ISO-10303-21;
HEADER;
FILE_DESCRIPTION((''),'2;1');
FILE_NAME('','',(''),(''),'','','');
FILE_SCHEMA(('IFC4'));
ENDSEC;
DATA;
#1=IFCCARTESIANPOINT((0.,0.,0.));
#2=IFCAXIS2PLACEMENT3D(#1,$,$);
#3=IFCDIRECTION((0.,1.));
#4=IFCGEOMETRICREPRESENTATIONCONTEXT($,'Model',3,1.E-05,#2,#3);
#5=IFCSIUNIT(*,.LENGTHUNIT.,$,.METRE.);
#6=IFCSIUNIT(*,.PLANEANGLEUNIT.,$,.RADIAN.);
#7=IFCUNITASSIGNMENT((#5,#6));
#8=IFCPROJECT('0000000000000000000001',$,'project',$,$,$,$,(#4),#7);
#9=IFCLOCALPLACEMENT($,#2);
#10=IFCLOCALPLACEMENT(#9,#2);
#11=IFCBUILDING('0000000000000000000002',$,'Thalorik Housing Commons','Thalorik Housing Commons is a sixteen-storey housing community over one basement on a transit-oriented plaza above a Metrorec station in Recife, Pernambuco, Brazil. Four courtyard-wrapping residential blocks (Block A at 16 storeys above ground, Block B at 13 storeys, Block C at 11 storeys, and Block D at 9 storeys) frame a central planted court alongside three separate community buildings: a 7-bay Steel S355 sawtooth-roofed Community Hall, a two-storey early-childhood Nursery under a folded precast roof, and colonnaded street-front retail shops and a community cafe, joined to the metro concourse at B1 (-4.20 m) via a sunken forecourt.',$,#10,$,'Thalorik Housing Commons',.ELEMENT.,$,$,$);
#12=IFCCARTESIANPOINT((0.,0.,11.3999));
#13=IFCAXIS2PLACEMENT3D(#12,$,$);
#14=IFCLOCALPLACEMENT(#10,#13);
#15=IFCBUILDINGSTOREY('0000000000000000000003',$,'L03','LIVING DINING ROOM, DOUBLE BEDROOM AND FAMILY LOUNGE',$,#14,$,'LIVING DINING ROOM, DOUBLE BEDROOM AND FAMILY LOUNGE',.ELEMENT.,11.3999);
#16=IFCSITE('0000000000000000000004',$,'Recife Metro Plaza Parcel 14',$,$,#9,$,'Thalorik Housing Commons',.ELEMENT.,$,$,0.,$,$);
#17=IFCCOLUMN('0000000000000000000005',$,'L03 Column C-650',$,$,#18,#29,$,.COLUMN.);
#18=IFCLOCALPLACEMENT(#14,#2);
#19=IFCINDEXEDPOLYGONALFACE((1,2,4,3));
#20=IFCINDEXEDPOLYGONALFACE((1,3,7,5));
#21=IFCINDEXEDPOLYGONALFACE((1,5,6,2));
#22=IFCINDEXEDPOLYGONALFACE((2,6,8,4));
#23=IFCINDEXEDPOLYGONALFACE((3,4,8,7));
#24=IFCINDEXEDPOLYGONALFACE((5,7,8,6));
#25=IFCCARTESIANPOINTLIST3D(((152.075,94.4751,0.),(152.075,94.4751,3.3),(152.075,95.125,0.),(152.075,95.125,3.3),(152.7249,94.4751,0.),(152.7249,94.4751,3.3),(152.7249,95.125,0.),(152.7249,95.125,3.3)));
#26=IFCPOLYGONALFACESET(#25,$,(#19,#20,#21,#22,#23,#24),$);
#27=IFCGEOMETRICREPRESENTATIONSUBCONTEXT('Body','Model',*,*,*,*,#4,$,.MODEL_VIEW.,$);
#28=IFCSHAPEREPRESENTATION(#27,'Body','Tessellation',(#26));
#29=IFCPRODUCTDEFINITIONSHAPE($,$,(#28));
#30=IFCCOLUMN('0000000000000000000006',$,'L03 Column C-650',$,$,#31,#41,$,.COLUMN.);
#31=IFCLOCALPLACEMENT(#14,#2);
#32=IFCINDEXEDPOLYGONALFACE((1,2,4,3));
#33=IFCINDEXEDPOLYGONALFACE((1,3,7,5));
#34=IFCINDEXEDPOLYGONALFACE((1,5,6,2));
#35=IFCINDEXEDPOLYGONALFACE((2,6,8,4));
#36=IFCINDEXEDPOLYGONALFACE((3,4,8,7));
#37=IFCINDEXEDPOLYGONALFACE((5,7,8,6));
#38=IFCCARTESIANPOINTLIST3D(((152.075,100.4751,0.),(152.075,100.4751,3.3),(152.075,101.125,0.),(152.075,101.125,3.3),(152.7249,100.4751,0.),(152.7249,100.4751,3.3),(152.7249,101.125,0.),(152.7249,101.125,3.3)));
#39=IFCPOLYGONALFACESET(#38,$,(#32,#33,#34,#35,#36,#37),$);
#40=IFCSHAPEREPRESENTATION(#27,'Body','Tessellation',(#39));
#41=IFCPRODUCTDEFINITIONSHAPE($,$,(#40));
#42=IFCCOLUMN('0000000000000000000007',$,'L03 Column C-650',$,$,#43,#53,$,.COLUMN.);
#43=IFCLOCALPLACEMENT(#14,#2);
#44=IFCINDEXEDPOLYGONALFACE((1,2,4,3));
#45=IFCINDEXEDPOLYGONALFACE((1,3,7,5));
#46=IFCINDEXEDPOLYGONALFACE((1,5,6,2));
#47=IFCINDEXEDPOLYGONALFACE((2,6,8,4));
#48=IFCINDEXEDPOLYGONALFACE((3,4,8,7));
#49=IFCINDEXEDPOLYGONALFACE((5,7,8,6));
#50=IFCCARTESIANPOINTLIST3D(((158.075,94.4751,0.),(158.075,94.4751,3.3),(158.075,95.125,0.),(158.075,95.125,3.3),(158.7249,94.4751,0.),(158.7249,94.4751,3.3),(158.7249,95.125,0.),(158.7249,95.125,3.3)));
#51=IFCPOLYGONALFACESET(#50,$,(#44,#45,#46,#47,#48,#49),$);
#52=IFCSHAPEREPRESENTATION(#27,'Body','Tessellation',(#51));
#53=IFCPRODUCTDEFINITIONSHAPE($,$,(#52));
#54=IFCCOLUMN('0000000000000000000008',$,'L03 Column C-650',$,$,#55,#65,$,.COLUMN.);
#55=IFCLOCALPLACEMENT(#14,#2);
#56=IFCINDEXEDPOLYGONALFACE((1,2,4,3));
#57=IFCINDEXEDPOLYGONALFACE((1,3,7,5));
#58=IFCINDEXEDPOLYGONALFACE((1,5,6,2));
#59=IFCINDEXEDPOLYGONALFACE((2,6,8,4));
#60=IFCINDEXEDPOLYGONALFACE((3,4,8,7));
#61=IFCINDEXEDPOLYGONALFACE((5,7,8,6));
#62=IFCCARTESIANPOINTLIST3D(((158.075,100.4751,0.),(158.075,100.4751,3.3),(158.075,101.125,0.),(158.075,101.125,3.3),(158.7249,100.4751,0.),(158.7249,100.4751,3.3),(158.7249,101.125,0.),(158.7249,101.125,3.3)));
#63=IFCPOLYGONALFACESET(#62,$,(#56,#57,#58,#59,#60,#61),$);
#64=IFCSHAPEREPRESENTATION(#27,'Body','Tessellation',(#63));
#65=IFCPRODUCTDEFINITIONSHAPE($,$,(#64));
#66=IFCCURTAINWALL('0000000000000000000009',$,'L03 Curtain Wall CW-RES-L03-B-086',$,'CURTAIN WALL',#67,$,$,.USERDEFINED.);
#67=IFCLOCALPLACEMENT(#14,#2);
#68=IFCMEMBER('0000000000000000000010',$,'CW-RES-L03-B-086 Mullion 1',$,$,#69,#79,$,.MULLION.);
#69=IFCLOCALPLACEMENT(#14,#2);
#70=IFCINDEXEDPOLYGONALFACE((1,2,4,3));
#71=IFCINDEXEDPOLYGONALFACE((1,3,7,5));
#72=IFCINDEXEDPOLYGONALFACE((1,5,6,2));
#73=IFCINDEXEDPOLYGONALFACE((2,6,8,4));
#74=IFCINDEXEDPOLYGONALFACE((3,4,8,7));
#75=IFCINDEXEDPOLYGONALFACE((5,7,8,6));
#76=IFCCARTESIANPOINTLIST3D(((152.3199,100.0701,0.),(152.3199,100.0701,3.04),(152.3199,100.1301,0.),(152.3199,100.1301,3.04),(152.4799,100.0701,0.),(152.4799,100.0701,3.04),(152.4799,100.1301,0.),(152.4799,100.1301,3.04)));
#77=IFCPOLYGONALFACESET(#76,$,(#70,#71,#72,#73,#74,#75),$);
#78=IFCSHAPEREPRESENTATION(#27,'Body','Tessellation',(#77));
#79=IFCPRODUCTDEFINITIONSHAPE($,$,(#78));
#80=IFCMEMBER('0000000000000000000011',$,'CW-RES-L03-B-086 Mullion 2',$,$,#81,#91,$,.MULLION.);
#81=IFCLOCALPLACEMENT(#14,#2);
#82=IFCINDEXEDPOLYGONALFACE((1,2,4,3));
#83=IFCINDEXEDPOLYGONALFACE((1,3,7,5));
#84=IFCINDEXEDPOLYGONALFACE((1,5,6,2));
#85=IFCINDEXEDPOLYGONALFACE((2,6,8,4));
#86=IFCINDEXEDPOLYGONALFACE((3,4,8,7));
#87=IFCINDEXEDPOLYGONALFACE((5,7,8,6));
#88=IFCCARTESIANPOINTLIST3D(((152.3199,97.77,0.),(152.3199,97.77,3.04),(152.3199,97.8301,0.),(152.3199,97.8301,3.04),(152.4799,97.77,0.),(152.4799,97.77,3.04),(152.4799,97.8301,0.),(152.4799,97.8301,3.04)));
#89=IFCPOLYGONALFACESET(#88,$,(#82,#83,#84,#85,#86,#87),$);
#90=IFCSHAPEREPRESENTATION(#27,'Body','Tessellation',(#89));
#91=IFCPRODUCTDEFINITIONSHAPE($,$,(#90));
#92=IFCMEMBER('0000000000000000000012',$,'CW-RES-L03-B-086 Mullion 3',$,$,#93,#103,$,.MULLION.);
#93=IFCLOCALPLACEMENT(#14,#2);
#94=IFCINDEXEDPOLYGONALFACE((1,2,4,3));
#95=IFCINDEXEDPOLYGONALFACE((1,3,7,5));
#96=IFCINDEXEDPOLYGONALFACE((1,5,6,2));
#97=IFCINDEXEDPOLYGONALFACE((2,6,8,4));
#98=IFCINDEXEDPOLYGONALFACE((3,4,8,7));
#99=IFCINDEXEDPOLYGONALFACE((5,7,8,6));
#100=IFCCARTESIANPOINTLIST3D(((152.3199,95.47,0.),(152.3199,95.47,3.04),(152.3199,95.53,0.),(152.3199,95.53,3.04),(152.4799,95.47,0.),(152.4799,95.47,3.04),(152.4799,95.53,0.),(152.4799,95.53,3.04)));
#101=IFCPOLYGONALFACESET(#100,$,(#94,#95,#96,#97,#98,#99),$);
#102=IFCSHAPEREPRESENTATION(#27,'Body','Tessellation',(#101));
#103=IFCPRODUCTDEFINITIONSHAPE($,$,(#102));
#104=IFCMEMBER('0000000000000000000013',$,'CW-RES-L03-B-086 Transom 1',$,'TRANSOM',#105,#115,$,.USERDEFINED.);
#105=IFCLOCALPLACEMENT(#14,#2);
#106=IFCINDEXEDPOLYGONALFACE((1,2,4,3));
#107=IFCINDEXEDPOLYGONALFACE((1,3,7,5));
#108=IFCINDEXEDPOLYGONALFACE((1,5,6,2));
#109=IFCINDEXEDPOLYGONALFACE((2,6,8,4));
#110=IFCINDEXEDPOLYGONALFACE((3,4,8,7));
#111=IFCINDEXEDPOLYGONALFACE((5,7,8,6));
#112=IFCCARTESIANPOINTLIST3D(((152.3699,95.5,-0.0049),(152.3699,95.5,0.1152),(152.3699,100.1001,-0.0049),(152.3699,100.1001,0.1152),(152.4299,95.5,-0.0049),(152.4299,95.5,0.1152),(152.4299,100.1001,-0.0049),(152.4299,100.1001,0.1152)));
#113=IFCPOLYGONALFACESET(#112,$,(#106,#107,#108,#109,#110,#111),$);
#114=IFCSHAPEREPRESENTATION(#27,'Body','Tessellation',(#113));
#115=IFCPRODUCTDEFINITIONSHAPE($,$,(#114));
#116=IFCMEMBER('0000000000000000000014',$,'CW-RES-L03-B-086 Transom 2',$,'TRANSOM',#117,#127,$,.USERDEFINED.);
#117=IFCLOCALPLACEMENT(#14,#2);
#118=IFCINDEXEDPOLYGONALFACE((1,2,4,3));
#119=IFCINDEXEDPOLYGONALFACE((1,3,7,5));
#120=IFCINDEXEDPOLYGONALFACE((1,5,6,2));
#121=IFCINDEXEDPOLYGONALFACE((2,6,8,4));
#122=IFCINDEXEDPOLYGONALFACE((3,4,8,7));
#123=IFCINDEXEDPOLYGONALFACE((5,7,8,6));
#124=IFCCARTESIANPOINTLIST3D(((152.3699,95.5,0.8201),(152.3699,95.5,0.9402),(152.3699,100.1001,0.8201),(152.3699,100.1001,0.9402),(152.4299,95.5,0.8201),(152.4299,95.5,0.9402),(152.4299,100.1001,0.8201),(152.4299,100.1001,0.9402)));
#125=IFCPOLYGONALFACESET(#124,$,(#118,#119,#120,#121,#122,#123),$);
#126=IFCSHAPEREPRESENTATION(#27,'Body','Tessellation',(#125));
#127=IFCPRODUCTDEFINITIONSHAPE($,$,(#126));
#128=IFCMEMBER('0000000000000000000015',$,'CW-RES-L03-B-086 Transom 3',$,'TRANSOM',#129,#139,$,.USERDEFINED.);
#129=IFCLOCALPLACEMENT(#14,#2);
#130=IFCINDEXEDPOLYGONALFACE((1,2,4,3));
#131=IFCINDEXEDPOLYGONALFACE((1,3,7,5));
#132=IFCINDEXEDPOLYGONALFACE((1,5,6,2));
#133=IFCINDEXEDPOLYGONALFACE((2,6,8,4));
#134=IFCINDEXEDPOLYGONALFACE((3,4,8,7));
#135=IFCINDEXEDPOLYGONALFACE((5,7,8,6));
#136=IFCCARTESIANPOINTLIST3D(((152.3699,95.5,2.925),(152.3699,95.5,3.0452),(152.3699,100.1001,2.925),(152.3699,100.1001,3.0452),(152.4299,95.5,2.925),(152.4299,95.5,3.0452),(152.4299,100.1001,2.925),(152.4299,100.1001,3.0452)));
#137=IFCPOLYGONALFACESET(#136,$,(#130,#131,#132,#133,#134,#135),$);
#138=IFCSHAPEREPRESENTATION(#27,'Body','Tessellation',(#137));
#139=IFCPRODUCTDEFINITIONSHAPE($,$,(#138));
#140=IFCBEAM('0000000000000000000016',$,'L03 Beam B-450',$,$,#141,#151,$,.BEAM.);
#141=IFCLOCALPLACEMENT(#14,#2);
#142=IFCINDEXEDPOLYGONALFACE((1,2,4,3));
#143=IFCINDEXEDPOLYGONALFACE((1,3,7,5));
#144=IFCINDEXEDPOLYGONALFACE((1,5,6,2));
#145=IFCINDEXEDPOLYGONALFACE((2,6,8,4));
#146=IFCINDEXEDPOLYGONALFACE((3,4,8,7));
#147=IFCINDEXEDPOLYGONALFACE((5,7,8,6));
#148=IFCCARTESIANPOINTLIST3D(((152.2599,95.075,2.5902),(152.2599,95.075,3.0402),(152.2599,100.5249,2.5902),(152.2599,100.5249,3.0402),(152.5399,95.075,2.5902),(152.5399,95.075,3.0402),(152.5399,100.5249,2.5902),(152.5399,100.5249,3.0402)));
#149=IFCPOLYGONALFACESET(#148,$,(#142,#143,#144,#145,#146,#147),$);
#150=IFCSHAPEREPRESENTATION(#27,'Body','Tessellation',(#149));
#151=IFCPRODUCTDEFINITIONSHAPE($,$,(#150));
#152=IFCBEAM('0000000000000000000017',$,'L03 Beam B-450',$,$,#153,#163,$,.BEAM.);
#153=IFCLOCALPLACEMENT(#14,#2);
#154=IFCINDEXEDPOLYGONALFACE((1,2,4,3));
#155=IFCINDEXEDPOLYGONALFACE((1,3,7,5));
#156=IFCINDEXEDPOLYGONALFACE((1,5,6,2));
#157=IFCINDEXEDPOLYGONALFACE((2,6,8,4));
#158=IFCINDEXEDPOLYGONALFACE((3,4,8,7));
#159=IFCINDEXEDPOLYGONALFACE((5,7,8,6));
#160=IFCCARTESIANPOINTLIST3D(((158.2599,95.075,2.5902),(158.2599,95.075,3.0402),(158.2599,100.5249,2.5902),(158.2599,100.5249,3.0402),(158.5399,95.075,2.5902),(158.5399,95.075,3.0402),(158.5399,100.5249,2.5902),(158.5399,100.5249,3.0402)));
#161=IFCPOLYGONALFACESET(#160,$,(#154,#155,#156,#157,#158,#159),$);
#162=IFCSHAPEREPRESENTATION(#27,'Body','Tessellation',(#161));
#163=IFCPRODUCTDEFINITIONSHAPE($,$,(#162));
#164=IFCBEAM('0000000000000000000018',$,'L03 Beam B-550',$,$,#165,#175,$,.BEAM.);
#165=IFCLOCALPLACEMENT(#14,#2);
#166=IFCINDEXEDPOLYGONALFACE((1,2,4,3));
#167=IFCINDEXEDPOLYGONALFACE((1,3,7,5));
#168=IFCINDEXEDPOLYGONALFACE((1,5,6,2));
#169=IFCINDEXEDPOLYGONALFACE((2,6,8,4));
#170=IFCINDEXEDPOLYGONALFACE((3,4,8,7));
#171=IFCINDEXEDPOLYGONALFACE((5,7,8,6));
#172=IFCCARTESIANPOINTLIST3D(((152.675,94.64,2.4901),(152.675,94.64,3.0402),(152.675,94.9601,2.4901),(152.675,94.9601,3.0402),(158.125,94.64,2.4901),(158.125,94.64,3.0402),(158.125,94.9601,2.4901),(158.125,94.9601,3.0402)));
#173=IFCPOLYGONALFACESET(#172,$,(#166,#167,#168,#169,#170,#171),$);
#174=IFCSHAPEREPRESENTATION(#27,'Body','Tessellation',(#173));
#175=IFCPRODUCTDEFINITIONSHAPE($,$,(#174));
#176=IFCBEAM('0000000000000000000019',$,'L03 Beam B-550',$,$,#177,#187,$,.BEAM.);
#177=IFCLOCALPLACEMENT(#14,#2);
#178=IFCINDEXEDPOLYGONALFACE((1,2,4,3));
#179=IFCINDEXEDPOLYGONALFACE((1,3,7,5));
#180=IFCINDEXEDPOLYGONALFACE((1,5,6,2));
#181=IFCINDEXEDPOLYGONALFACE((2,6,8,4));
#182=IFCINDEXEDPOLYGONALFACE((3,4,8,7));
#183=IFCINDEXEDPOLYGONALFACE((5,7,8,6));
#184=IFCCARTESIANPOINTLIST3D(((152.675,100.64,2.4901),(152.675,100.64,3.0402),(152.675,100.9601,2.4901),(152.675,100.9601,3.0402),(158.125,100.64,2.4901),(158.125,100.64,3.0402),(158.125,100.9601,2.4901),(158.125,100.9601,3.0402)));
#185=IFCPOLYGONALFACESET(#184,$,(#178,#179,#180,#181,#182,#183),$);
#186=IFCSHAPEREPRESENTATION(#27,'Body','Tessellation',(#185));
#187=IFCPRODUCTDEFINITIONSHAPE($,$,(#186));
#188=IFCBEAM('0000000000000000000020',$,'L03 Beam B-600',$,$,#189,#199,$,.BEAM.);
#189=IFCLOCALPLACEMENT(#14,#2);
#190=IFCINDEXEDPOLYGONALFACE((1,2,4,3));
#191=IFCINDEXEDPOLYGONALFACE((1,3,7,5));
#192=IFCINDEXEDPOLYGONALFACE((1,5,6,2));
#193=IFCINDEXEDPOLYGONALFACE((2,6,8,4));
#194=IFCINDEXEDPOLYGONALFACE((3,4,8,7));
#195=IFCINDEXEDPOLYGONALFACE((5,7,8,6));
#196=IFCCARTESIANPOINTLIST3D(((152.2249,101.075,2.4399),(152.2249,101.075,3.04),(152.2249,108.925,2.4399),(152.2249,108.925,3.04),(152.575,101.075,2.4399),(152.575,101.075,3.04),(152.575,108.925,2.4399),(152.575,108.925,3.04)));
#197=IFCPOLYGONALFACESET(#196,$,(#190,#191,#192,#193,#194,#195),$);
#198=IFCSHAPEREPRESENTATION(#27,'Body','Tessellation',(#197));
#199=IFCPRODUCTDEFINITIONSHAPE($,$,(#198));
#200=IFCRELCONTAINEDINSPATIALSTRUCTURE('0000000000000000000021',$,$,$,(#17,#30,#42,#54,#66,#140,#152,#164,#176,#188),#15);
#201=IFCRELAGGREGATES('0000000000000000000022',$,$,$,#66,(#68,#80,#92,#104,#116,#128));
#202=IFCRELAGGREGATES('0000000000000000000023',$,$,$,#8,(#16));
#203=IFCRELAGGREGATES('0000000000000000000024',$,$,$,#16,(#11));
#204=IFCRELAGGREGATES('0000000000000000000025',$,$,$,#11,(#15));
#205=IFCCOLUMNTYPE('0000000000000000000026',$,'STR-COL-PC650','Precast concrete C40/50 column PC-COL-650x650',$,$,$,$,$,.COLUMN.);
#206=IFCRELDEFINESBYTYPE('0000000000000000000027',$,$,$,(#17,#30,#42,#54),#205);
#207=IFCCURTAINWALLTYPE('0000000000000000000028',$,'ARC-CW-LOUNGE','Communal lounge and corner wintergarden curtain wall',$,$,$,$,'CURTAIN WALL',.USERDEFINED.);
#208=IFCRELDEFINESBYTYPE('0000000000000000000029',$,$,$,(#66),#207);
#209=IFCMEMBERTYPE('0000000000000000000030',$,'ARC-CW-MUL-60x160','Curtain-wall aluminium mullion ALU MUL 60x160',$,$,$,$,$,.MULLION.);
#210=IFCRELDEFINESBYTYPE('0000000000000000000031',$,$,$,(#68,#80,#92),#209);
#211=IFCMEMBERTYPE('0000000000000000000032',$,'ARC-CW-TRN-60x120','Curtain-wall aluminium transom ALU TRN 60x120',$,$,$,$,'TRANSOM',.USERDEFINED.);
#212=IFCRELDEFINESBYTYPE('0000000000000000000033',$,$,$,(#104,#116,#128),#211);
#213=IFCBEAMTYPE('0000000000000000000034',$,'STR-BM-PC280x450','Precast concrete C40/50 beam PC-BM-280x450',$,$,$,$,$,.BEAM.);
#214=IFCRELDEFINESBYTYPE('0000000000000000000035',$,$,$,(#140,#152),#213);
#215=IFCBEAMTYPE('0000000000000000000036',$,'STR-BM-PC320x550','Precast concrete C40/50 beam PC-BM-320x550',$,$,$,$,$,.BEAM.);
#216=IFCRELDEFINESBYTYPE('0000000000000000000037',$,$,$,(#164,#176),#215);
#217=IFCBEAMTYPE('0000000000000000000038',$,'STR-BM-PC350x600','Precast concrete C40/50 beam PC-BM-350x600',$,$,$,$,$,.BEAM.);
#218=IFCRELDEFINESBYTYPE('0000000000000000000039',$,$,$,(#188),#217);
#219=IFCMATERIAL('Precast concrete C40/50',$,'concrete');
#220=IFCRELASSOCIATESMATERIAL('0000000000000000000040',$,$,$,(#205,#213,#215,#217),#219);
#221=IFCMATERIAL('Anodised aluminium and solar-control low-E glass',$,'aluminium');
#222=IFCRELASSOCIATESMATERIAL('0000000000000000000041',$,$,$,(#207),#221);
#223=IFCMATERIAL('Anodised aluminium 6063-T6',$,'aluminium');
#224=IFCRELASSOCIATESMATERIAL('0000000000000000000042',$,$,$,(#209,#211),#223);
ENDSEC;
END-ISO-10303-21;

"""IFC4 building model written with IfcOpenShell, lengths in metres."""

from ifc_helpers import new_model, si_unit, direction, frame, origin, origin_2d, place, context, subcontext, project, spatial, rectangle, extrude, material, material_profile, profile_set, type_object, element, aggregate, save


model = new_model("IFC4")

# Units and contexts
model_context = context("Model", 3, precision=1e-05, world=origin(), true_north=direction((0.0, 1.0)))
body_context = subcontext(model_context, "Body", "Model", "MODEL_VIEW")
ifc_project = project(units=[si_unit("LENGTHUNIT", "METRE"), si_unit("PLANEANGLEUNIT", "RADIAN")], contexts=[model_context])

# Site, building, storey
site_placement = place(None, origin())
site = spatial("IfcSite", under=ifc_project, at=site_placement, Name="Recife Metro Plaza Parcel 14", LongName="Thalorik Housing Commons", CompositionType="ELEMENT", RefElevation=0.0)
building_placement = place(site_placement, origin())
building = spatial("IfcBuilding", under=site, at=building_placement, Name="Thalorik Housing Commons", Description="Thalorik Housing Commons is a sixteen-storey housing community over one basement on a transit-oriented plaza above a Metrorec station in Recife, Pernambuco, Brazil. Four courtyard-wrapping residential blocks (Block A at 16 storeys above ground, Block B at 13 storeys, Block C at 11 storeys, and Block D at 9 storeys) frame a central planted court alongside three separate community buildings: a 7-bay Steel S355 sawtooth-roofed Community Hall, a two-storey early-childhood Nursery under a folded precast roof, and colonnaded street-front retail shops and a community cafe, joined to the metro concourse at B1 (-4.20 m) via a sunken forecourt.", LongName="Thalorik Housing Commons", CompositionType="ELEMENT")
storey_placement = place(building_placement, frame((0.0, 0.0, 11.3999)))
storey = spatial("IfcBuildingStorey", under=building, at=storey_placement, Name="L03", Description="LIVING DINING ROOM, DOUBLE BEDROOM AND FAMILY LOUNGE", LongName="LIVING DINING ROOM, DOUBLE BEDROOM AND FAMILY LOUNGE", CompositionType="ELEMENT", Elevation=11.3999)

# Columns
ifc_material_1 = material(Name="Precast concrete C40/50", Category="concrete")
ifc_material_profile_1 = material_profile(ifc_material_1, rectangle(XDim=0.6499, YDim=0.6499, at=origin_2d()), Name="PC 650x650", Category="concrete")
ifc_profile_set_1 = profile_set([ifc_material_profile_1], Name="Precast concrete C40/50")
column_type = type_object("IfcColumnType", Name="STR-COL-PC650", Description="Precast concrete C40/50 column PC-COL-650x650", PredefinedType="COLUMN", material=ifc_profile_set_1)
for number, where, z_axis, x_axis, name in (
    (1, (152.3999, 94.8, 0.0), (0.0, 0.0, 1.0), (1.0, 0.0, 0.0), "L03 Column C-650"),
    (2, (152.3999, 100.8, 0.0), (0.0, 0.0, 1.0), (1.0, 0.0, 0.0), "L03 Column C-650"),
    (3, (158.3999, 94.8, 0.0), (0.0, 0.0, 1.0), (1.0, 0.0, 0.0), "L03 Column C-650"),
    (4, (158.3999, 100.8, 0.0), (0.0, 0.0, 1.0), (1.0, 0.0, 0.0), "L03 Column C-650"),
):
    element("IfcColumn", number, at=place(storey_placement, frame(where, z_axis=z_axis, x_axis=x_axis)), inside=storey, type_object=column_type, Name=name, PredefinedType="COLUMN", context=body_context, shape_type="SweptSolid", body=[
        extrude(rectangle(XDim=0.6499, YDim=0.6499, at=origin_2d()), origin(), (0.0, 0.0, 1.0), 3.3),
    ])

# Curtain wall, members
ifc_material_2 = material(Name="Anodised aluminium and solar-control low-E glass", Category="aluminium")
curtain_wall_type = type_object("IfcCurtainWallType", Name="ARC-CW-LOUNGE", Description="Communal lounge and corner wintergarden curtain wall", ElementType="CURTAIN WALL", PredefinedType="USERDEFINED", material=ifc_material_2)
curtain_wall_placement = place(storey_placement, origin())
curtain_wall = element("IfcCurtainWall", 5, at=curtain_wall_placement, inside=storey, type_object=curtain_wall_type, Name="L03 Curtain Wall CW-RES-L03-B-086", ObjectType="CURTAIN WALL", PredefinedType="USERDEFINED")
ifc_material_3 = material(Name="Anodised aluminium 6063-T6", Category="aluminium")
ifc_material_profile_2 = material_profile(ifc_material_3, rectangle(XDim=0.0601, YDim=0.1599, at=origin_2d()), Name="ALU MUL 60x160", Category="aluminium")
ifc_profile_set_2 = profile_set([ifc_material_profile_2], Name="Anodised aluminium 6063-T6")
member_type_1 = type_object("IfcMemberType", Name="ARC-CW-MUL-60x160", Description="Curtain-wall aluminium mullion ALU MUL 60x160", PredefinedType="MULLION", material=ifc_profile_set_2)
member_1_placement = place(storey_placement, frame((152.3999, 100.1001, 0.0), z_axis=(0.0, 0.0, 1.0), x_axis=(0.0, -1.0, 0.0)))
member_1 = element("IfcMember", 6, at=member_1_placement, type_object=member_type_1, Name="CW-RES-L03-B-086 Mullion 1", PredefinedType="MULLION", context=body_context, shape_type="SweptSolid", body=[
    extrude(rectangle(XDim=0.0601, YDim=0.1599, at=origin_2d()), origin(), (0.0, 0.0, 1.0), 3.04),
])
member_2_placement = place(storey_placement, frame((152.3999, 97.8, 0.0), z_axis=(0.0, 0.0, 1.0), x_axis=(0.0, -1.0, 0.0)))
member_2 = element("IfcMember", 7, at=member_2_placement, type_object=member_type_1, Name="CW-RES-L03-B-086 Mullion 2", PredefinedType="MULLION", context=body_context, shape_type="SweptSolid", body=[
    extrude(rectangle(XDim=0.0601, YDim=0.1599, at=origin_2d()), origin(), (0.0, 0.0, 1.0), 3.04),
])
member_3_placement = place(storey_placement, frame((152.3999, 95.5, 0.0), z_axis=(0.0, 0.0, 1.0), x_axis=(0.0, -1.0, 0.0)))
member_3 = element("IfcMember", 8, at=member_3_placement, type_object=member_type_1, Name="CW-RES-L03-B-086 Mullion 3", PredefinedType="MULLION", context=body_context, shape_type="SweptSolid", body=[
    extrude(rectangle(XDim=0.0601, YDim=0.1599, at=origin_2d()), origin(), (0.0, 0.0, 1.0), 3.04),
])
ifc_material_profile_3 = material_profile(ifc_material_3, rectangle(XDim=0.0601, YDim=0.1201, at=origin_2d()), Name="ALU TRN 60x120", Category="aluminium")
ifc_profile_set_3 = profile_set([ifc_material_profile_3], Name="Anodised aluminium 6063-T6")
member_type_2 = type_object("IfcMemberType", Name="ARC-CW-TRN-60x120", Description="Curtain-wall aluminium transom ALU TRN 60x120", ElementType="TRANSOM", PredefinedType="USERDEFINED", material=ifc_profile_set_3)
member_4_placement = place(storey_placement, frame((152.3999, 100.1001, 0.0552), z_axis=(0.0, -1.0, 0.0), x_axis=(1.0, 0.0, 0.0)))
member_4 = element("IfcMember", 9, at=member_4_placement, type_object=member_type_2, Name="CW-RES-L03-B-086 Transom 1", ObjectType="TRANSOM", PredefinedType="USERDEFINED", context=body_context, shape_type="SweptSolid", body=[
    extrude(rectangle(XDim=0.0601, YDim=0.1201, at=origin_2d()), origin(), (0.0, 0.0, 1.0), 4.6001),
])
member_5_placement = place(storey_placement, frame((152.3999, 100.1001, 0.8801), z_axis=(0.0, -1.0, 0.0), x_axis=(1.0, 0.0, 0.0)))
member_5 = element("IfcMember", 10, at=member_5_placement, type_object=member_type_2, Name="CW-RES-L03-B-086 Transom 2", ObjectType="TRANSOM", PredefinedType="USERDEFINED", context=body_context, shape_type="SweptSolid", body=[
    extrude(rectangle(XDim=0.0601, YDim=0.1201, at=origin_2d()), origin(), (0.0, 0.0, 1.0), 4.6001),
])
member_6_placement = place(storey_placement, frame((152.3999, 100.1001, 2.9851), z_axis=(0.0, -1.0, 0.0), x_axis=(1.0, 0.0, 0.0)))
member_6 = element("IfcMember", 11, at=member_6_placement, type_object=member_type_2, Name="CW-RES-L03-B-086 Transom 3", ObjectType="TRANSOM", PredefinedType="USERDEFINED", context=body_context, shape_type="SweptSolid", body=[
    extrude(rectangle(XDim=0.0601, YDim=0.1201, at=origin_2d()), origin(), (0.0, 0.0, 1.0), 4.6001),
])

# Beams
ifc_material_profile_4 = material_profile(ifc_material_1, rectangle(XDim=0.28, YDim=0.45, at=origin_2d()), Name="PC 280x450", Category="concrete")
ifc_profile_set_4 = profile_set([ifc_material_profile_4], Name="Precast concrete C40/50")
beam_type_1 = type_object("IfcBeamType", Name="STR-BM-PC280x450", Description="Precast concrete C40/50 beam PC-BM-280x450", PredefinedType="BEAM", material=ifc_profile_set_4)
for number, where, z_axis, x_axis, name in (
    (12, (152.3999, 95.075, 2.8152), (0.0, 1.0, 0.0), (-1.0, 0.0, 0.0), "L03 Beam B-450"),
    (13, (158.3999, 95.075, 2.8152), (0.0, 1.0, 0.0), (-1.0, 0.0, 0.0), "L03 Beam B-450"),
):
    element("IfcBeam", number, at=place(storey_placement, frame(where, z_axis=z_axis, x_axis=x_axis)), inside=storey, type_object=beam_type_1, Name=name, PredefinedType="BEAM", context=body_context, shape_type="SweptSolid", body=[
        extrude(rectangle(XDim=0.28, YDim=0.45, at=origin_2d()), origin(), (0.0, 0.0, 1.0), 5.45),
    ])
ifc_material_profile_5 = material_profile(ifc_material_1, rectangle(XDim=0.3201, YDim=0.55, at=origin_2d()), Name="PC 320x550", Category="concrete")
ifc_profile_set_5 = profile_set([ifc_material_profile_5], Name="Precast concrete C40/50")
beam_type_2 = type_object("IfcBeamType", Name="STR-BM-PC320x550", Description="Precast concrete C40/50 beam PC-BM-320x550", PredefinedType="BEAM", material=ifc_profile_set_5)
for number, where, z_axis, x_axis, name in (
    (14, (152.675, 94.8, 2.7651), (1.0, 0.0, 0.0), (0.0, 1.0, 0.0), "L03 Beam B-550"),
    (15, (152.675, 100.8, 2.7651), (1.0, 0.0, 0.0), (0.0, 1.0, 0.0), "L03 Beam B-550"),
):
    element("IfcBeam", number, at=place(storey_placement, frame(where, z_axis=z_axis, x_axis=x_axis)), inside=storey, type_object=beam_type_2, Name=name, PredefinedType="BEAM", context=body_context, shape_type="SweptSolid", body=[
        extrude(rectangle(XDim=0.3201, YDim=0.55, at=origin_2d()), origin(), (0.0, 0.0, 1.0), 5.45),
    ])
ifc_material_profile_6 = material_profile(ifc_material_1, rectangle(XDim=0.3501, YDim=0.6001, at=origin_2d()), Name="PC 350x600", Category="concrete")
ifc_profile_set_6 = profile_set([ifc_material_profile_6], Name="Precast concrete C40/50")
beam_type_3 = type_object("IfcBeamType", Name="STR-BM-PC350x600", Description="Precast concrete C40/50 beam PC-BM-350x600", PredefinedType="BEAM", material=ifc_profile_set_6)
for number, where, z_axis, x_axis, name in (
    (16, (152.3999, 101.075, 2.74), (0.0, 1.0, 0.0), (-1.0, 0.0, 0.0), "L03 Beam B-600"),
):
    element("IfcBeam", number, at=place(storey_placement, frame(where, z_axis=z_axis, x_axis=x_axis)), inside=storey, type_object=beam_type_3, Name=name, PredefinedType="BEAM", context=body_context, shape_type="SweptSolid", body=[
        extrude(rectangle(XDim=0.3501, YDim=0.6001, at=origin_2d()), origin(), (0.0, 0.0, 1.0), 7.8501),
    ])

aggregate(curtain_wall, [member_1, member_2, member_3, member_4, member_5, member_6])

save(model, "model.ifc")
